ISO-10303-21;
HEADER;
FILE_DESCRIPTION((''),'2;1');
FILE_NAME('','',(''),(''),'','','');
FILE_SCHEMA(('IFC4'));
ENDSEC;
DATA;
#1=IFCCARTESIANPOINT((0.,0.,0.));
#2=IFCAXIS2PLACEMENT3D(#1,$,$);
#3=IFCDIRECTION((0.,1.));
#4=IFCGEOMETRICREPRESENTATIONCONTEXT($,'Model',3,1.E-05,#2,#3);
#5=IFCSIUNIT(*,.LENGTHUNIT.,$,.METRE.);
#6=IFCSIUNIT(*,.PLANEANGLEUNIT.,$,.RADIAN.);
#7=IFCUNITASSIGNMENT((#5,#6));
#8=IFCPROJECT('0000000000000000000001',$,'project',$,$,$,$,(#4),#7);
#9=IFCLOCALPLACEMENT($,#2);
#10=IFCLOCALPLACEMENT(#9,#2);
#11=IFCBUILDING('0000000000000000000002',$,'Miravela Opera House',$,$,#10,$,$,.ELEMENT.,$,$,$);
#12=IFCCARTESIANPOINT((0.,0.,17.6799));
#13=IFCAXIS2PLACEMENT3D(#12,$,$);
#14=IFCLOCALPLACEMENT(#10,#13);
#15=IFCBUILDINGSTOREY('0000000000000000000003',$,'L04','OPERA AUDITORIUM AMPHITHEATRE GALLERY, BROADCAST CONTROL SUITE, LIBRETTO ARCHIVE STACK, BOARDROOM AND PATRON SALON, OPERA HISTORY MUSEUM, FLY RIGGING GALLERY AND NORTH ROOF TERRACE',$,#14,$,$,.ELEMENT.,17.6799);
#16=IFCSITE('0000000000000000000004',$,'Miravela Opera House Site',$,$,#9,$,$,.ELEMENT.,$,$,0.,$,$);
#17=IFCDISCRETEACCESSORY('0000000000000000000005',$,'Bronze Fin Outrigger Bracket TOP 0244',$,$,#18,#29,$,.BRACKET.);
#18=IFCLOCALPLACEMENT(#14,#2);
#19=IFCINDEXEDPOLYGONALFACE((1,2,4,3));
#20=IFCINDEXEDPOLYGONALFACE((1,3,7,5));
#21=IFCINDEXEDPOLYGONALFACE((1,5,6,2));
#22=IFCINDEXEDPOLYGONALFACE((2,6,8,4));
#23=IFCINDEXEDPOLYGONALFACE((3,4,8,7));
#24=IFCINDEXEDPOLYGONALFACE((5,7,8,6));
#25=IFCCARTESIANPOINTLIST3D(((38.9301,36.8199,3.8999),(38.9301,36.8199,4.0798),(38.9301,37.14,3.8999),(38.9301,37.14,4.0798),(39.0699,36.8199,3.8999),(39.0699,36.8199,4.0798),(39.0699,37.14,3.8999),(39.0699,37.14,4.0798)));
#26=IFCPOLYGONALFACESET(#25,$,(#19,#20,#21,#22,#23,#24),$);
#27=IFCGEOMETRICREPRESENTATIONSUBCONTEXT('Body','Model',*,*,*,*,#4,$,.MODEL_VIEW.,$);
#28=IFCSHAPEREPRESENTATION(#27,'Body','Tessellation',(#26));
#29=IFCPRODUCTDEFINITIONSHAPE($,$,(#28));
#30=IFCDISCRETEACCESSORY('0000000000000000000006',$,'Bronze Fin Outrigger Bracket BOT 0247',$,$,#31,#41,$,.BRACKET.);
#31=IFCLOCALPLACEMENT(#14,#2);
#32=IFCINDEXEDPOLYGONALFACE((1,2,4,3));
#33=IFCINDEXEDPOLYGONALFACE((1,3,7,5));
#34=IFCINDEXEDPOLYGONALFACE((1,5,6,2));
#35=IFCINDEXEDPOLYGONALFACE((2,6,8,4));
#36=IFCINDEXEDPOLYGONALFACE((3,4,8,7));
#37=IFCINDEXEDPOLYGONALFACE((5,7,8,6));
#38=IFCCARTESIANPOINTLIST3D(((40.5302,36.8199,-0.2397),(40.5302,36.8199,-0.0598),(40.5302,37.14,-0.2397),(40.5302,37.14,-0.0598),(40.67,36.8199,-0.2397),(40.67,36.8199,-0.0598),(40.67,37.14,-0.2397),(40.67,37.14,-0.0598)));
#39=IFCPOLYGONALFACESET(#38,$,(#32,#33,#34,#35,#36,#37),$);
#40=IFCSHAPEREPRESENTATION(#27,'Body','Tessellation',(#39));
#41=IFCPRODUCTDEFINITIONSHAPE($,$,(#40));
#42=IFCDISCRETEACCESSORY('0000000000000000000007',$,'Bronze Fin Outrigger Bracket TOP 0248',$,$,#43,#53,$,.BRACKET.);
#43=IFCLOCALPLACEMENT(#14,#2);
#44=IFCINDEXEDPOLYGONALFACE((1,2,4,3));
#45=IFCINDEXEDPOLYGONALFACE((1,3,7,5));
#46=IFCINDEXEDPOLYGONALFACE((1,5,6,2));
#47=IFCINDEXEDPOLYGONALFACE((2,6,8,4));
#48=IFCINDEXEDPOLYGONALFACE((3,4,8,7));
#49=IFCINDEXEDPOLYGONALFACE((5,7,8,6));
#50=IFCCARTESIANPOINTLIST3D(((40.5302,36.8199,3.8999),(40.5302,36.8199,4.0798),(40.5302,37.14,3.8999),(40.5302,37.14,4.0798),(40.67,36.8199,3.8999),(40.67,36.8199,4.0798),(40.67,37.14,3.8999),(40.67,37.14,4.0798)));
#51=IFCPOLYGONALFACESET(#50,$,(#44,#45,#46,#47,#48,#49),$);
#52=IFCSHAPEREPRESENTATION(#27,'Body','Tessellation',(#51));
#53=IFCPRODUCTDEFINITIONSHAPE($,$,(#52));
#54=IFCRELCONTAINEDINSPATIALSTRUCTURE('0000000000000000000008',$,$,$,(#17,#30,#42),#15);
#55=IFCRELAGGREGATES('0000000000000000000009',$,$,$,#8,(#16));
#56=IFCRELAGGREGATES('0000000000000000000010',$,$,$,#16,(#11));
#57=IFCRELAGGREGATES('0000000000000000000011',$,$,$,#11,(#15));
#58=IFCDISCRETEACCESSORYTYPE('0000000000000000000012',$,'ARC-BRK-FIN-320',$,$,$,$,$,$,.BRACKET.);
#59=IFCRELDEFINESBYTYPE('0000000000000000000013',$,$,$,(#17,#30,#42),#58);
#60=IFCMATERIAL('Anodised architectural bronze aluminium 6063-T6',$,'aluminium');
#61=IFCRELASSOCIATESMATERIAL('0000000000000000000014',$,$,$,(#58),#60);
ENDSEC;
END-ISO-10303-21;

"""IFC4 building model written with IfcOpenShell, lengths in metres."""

from ifc_helpers import new_model, si_unit, direction, frame, origin, origin_2d, place, context, subcontext, project, spatial, rectangle, extrude, material, type_object, element, save


model = new_model("IFC4")

# Units and contexts
model_context = context("Model", 3, precision=1e-05, world=origin(), true_north=direction((0.0, 1.0)))
body_context = subcontext(model_context, "Body", "Model", "MODEL_VIEW")
ifc_project = project(units=[si_unit("LENGTHUNIT", "METRE"), si_unit("PLANEANGLEUNIT", "RADIAN")], contexts=[model_context])

# Site, building, storey
site_placement = place(None, origin())
site = spatial("IfcSite", under=ifc_project, at=site_placement, Name="Miravela Opera House Site", CompositionType="ELEMENT", RefElevation=0.0)
building_placement = place(site_placement, origin())
building = spatial("IfcBuilding", under=site, at=building_placement, Name="Miravela Opera House", CompositionType="ELEMENT")
storey_placement = place(building_placement, frame((0.0, 0.0, 17.6799)))
storey = spatial("IfcBuildingStorey", under=building, at=storey_placement, Name="L04", Description="OPERA AUDITORIUM AMPHITHEATRE GALLERY, BROADCAST CONTROL SUITE, LIBRETTO ARCHIVE STACK, BOARDROOM AND PATRON SALON, OPERA HISTORY MUSEUM, FLY RIGGING GALLERY AND NORTH ROOF TERRACE", CompositionType="ELEMENT", Elevation=17.6799)

# Shared definitions
ifc_material_1 = material(Name="Anodised architectural bronze aluminium 6063-T6", Category="aluminium")

# Discrete accessories
discrete_accessory_type = type_object("IfcDiscreteAccessoryType", Name="ARC-BRK-FIN-320", PredefinedType="BRACKET", material=ifc_material_1)
for number, where, z_axis, x_axis, name in (
    (1, (39.0, 36.98, 3.8999), (0.0, 0.0, 1.0), (0.0, 1.0, 0.0), "Bronze Fin Outrigger Bracket TOP 0244"),
    (2, (40.6001, 36.98, -0.2397), (0.0, 0.0, 1.0), (0.0, 1.0, 0.0), "Bronze Fin Outrigger Bracket BOT 0247"),
    (3, (40.6001, 36.98, 3.8999), (0.0, 0.0, 1.0), (0.0, 1.0, 0.0), "Bronze Fin Outrigger Bracket TOP 0248"),
):
    element("IfcDiscreteAccessory", number, at=place(storey_placement, frame(where, z_axis=z_axis, x_axis=x_axis)), inside=storey, type_object=discrete_accessory_type, Name=name, PredefinedType="BRACKET", context=body_context, shape_type="SweptSolid", body=[
        extrude(rectangle(XDim=0.3201, YDim=0.1399, at=origin_2d()), origin(), (0.0, 0.0, 1.0), 0.1799),
    ])

save(model, "model.ifc")
